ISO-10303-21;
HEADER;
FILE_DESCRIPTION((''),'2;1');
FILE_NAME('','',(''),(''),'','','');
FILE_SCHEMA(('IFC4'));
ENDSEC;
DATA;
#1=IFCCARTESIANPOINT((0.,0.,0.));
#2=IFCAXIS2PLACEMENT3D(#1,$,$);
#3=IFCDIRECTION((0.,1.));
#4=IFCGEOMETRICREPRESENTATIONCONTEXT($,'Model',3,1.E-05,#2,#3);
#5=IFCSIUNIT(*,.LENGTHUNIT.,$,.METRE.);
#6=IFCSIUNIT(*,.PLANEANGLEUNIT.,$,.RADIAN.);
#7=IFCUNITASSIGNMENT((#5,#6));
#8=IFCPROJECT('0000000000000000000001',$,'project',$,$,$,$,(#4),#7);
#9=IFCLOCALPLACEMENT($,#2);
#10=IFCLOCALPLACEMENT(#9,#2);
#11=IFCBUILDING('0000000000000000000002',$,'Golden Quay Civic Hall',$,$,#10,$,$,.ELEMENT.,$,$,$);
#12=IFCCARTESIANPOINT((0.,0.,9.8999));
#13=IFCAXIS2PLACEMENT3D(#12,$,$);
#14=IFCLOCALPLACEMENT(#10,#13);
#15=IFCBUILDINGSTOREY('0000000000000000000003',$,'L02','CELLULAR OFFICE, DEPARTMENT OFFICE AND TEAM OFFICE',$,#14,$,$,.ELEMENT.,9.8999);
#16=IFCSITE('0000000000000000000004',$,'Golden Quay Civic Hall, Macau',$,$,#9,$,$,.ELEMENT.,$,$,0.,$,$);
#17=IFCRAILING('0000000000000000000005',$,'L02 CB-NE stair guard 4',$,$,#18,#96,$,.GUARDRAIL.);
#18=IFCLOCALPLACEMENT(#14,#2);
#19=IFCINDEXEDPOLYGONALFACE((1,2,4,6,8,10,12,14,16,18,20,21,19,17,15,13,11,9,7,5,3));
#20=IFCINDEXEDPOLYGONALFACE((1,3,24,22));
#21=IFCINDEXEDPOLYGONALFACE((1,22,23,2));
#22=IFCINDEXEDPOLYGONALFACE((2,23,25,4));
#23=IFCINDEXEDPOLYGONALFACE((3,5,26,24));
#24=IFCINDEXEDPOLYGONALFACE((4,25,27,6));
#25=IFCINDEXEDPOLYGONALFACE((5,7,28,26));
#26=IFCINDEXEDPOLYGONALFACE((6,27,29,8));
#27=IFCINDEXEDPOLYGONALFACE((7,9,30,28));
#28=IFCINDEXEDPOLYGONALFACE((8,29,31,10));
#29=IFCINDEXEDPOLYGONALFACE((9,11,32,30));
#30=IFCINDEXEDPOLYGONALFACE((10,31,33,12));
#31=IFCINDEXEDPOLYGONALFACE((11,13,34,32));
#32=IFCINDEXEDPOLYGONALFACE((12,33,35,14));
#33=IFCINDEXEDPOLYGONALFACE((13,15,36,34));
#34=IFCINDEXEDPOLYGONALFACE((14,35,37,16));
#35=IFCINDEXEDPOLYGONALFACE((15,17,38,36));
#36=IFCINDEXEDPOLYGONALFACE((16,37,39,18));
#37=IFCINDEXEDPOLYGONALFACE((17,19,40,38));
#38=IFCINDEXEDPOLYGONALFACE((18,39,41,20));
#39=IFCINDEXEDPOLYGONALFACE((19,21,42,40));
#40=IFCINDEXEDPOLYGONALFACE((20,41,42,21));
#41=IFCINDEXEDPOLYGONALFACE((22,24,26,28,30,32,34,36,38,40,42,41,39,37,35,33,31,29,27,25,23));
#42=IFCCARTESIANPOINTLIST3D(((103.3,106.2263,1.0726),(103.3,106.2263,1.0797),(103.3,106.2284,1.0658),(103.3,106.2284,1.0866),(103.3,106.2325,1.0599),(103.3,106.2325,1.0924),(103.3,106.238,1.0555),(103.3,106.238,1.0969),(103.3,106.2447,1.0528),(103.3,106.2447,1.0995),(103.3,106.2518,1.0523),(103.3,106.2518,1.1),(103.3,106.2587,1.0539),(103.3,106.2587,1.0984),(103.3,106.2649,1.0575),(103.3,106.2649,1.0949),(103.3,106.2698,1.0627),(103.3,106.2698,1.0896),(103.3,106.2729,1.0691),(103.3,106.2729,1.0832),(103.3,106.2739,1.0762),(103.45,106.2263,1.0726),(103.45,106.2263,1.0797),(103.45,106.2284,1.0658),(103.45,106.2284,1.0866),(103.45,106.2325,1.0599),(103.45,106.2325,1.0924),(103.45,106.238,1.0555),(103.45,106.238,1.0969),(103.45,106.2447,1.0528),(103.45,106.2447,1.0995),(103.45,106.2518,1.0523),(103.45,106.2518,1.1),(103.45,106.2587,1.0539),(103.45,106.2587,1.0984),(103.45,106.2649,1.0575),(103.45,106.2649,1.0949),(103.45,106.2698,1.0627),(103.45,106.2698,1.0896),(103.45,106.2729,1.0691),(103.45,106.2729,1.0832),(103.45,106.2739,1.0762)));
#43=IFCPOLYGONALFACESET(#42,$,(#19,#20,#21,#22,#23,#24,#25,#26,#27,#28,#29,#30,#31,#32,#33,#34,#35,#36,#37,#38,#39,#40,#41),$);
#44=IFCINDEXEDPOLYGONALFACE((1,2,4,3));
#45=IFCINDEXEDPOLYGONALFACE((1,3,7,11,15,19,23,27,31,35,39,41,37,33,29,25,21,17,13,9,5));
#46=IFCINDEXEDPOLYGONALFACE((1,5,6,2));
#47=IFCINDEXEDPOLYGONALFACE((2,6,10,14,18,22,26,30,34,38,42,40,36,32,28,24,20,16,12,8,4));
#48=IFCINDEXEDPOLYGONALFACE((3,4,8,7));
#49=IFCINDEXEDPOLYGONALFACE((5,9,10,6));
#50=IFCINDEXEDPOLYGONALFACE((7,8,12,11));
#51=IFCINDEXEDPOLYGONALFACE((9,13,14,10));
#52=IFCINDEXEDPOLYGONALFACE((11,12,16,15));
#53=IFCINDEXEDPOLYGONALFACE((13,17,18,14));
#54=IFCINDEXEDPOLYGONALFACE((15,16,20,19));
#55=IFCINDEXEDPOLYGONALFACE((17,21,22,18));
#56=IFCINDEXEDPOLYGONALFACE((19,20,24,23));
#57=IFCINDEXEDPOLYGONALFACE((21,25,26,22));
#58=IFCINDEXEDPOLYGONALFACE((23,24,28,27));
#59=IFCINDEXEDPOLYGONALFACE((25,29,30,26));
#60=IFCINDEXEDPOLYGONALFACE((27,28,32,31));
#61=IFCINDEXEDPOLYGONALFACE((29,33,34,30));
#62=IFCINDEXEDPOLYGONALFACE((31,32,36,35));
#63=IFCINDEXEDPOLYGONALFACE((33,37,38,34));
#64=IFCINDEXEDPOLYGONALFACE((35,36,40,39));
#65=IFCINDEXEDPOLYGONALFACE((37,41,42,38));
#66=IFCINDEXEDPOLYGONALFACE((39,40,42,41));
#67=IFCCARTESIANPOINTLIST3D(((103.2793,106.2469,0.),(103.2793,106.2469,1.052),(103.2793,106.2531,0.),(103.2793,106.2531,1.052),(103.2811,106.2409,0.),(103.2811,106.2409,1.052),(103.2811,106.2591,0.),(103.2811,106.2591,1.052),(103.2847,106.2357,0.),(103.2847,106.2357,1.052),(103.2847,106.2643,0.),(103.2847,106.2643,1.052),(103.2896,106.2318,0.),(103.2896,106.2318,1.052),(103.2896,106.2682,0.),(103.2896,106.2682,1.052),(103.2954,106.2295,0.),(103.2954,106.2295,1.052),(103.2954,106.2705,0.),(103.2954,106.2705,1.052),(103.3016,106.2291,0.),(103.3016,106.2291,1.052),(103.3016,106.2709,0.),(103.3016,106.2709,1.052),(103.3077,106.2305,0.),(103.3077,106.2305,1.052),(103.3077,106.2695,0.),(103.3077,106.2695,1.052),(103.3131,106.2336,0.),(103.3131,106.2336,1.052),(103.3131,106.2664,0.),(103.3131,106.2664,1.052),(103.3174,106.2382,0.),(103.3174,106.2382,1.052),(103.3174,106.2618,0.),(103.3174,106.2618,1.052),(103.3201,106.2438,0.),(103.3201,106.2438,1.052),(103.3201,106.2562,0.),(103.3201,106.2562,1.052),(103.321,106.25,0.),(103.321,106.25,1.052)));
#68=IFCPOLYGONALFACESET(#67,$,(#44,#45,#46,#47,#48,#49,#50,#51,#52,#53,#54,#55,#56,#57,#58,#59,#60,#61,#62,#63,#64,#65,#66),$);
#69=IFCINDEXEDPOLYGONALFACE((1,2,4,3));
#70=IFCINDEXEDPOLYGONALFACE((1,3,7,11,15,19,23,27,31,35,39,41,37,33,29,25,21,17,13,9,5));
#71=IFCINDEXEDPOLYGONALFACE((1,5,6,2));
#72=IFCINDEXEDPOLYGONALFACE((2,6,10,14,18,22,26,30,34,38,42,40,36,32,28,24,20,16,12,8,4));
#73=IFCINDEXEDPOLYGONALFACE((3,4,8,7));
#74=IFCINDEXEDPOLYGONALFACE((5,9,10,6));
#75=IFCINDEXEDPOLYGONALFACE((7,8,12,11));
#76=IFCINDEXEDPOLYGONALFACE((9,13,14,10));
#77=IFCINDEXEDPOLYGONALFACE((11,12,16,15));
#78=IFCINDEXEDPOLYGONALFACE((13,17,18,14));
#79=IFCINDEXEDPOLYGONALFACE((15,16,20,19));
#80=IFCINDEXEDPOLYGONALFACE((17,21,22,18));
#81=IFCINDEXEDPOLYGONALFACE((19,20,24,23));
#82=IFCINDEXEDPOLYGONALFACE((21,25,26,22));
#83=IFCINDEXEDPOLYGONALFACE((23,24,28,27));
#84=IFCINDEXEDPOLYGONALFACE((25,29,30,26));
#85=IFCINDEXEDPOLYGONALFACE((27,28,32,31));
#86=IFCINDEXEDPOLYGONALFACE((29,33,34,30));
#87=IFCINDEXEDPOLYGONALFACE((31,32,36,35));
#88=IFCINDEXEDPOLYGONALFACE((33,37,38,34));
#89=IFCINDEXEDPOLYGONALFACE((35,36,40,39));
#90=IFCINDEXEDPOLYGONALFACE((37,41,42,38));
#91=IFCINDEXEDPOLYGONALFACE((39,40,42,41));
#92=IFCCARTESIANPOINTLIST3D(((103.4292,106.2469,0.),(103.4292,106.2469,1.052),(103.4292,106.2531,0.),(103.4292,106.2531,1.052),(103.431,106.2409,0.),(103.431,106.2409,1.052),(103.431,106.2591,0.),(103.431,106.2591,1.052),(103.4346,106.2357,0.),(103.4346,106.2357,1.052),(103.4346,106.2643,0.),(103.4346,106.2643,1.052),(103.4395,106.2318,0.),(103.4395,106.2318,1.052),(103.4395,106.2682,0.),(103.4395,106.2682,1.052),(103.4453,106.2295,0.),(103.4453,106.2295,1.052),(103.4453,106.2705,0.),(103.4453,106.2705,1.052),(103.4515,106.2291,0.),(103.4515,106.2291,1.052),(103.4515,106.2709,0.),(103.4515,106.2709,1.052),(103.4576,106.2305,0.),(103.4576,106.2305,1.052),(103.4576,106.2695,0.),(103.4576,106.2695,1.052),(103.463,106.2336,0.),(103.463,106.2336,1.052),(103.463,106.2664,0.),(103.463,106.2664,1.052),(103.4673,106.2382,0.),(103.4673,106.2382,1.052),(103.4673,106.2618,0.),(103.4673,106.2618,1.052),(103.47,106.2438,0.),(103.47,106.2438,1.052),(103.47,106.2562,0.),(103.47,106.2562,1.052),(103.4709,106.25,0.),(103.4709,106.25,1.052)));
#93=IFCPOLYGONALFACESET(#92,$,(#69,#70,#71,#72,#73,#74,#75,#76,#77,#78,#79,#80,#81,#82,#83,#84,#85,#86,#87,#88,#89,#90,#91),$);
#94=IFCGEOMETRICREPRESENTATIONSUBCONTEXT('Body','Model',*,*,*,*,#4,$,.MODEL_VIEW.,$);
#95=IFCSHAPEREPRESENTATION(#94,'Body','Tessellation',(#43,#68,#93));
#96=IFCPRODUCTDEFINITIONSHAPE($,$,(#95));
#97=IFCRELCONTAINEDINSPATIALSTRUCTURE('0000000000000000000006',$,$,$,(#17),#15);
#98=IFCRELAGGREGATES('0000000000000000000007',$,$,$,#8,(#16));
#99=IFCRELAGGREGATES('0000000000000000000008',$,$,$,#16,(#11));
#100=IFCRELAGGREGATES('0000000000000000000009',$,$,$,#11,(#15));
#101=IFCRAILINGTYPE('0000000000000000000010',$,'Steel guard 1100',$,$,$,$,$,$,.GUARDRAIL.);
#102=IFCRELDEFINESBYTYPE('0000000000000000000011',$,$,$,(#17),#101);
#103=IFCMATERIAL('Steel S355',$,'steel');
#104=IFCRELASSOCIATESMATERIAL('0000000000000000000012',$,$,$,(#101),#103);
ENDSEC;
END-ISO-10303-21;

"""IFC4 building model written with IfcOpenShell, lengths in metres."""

from ifc_helpers import new_model, si_unit, direction, frame, origin, origin_2d, place, context, subcontext, project, spatial, circle, extrude, material, type_object, element, save


model = new_model("IFC4")

# Units and contexts
model_context = context("Model", 3, precision=1e-05, world=origin(), true_north=direction((0.0, 1.0)))
body_context = subcontext(model_context, "Body", "Model", "MODEL_VIEW")
ifc_project = project(units=[si_unit("LENGTHUNIT", "METRE"), si_unit("PLANEANGLEUNIT", "RADIAN")], contexts=[model_context])

# Site, building, storey
site_placement = place(None, origin())
site = spatial("IfcSite", under=ifc_project, at=site_placement, Name="Golden Quay Civic Hall, Macau", CompositionType="ELEMENT", RefElevation=0.0)
building_placement = place(site_placement, origin())
building = spatial("IfcBuilding", under=site, at=building_placement, Name="Golden Quay Civic Hall", CompositionType="ELEMENT")
storey_placement = place(building_placement, frame((0.0, 0.0, 9.8999)))
storey = spatial("IfcBuildingStorey", under=building, at=storey_placement, Name="L02", Description="CELLULAR OFFICE, DEPARTMENT OFFICE AND TEAM OFFICE", CompositionType="ELEMENT", Elevation=9.8999)

# Railing
ifc_material_1 = material(Name="Steel S355", Category="steel")
railing_type_1 = type_object("IfcRailingType", Name="Steel guard 1100", PredefinedType="GUARDRAIL", material=ifc_material_1)
railing_1_placement = place(storey_placement, frame((103.3, 106.25, 0.0)))
element("IfcRailing", 1, at=railing_1_placement, inside=storey, type_object=railing_type_1, Name="L02 CB-NE stair guard 4", PredefinedType="GUARDRAIL", context=body_context, shape_type="SweptSolid", body=[
    extrude(circle(Radius=0.0239, at=origin_2d()), frame((0.0, 0.0, 1.0762), z_axis=(1.0, 0.0, 0.0), x_axis=(0.0, 1.0, 0.0)), (0.0, 0.0, 1.0), 0.1499),
    extrude(circle(Radius=0.021, at=origin_2d()), origin(), (0.0, 0.0, 1.0), 1.052),
    extrude(circle(Radius=0.021, at=origin_2d()), frame((0.1499, 0.0, 0.0)), (0.0, 0.0, 1.0), 1.052),
])

save(model, "model.ifc")
